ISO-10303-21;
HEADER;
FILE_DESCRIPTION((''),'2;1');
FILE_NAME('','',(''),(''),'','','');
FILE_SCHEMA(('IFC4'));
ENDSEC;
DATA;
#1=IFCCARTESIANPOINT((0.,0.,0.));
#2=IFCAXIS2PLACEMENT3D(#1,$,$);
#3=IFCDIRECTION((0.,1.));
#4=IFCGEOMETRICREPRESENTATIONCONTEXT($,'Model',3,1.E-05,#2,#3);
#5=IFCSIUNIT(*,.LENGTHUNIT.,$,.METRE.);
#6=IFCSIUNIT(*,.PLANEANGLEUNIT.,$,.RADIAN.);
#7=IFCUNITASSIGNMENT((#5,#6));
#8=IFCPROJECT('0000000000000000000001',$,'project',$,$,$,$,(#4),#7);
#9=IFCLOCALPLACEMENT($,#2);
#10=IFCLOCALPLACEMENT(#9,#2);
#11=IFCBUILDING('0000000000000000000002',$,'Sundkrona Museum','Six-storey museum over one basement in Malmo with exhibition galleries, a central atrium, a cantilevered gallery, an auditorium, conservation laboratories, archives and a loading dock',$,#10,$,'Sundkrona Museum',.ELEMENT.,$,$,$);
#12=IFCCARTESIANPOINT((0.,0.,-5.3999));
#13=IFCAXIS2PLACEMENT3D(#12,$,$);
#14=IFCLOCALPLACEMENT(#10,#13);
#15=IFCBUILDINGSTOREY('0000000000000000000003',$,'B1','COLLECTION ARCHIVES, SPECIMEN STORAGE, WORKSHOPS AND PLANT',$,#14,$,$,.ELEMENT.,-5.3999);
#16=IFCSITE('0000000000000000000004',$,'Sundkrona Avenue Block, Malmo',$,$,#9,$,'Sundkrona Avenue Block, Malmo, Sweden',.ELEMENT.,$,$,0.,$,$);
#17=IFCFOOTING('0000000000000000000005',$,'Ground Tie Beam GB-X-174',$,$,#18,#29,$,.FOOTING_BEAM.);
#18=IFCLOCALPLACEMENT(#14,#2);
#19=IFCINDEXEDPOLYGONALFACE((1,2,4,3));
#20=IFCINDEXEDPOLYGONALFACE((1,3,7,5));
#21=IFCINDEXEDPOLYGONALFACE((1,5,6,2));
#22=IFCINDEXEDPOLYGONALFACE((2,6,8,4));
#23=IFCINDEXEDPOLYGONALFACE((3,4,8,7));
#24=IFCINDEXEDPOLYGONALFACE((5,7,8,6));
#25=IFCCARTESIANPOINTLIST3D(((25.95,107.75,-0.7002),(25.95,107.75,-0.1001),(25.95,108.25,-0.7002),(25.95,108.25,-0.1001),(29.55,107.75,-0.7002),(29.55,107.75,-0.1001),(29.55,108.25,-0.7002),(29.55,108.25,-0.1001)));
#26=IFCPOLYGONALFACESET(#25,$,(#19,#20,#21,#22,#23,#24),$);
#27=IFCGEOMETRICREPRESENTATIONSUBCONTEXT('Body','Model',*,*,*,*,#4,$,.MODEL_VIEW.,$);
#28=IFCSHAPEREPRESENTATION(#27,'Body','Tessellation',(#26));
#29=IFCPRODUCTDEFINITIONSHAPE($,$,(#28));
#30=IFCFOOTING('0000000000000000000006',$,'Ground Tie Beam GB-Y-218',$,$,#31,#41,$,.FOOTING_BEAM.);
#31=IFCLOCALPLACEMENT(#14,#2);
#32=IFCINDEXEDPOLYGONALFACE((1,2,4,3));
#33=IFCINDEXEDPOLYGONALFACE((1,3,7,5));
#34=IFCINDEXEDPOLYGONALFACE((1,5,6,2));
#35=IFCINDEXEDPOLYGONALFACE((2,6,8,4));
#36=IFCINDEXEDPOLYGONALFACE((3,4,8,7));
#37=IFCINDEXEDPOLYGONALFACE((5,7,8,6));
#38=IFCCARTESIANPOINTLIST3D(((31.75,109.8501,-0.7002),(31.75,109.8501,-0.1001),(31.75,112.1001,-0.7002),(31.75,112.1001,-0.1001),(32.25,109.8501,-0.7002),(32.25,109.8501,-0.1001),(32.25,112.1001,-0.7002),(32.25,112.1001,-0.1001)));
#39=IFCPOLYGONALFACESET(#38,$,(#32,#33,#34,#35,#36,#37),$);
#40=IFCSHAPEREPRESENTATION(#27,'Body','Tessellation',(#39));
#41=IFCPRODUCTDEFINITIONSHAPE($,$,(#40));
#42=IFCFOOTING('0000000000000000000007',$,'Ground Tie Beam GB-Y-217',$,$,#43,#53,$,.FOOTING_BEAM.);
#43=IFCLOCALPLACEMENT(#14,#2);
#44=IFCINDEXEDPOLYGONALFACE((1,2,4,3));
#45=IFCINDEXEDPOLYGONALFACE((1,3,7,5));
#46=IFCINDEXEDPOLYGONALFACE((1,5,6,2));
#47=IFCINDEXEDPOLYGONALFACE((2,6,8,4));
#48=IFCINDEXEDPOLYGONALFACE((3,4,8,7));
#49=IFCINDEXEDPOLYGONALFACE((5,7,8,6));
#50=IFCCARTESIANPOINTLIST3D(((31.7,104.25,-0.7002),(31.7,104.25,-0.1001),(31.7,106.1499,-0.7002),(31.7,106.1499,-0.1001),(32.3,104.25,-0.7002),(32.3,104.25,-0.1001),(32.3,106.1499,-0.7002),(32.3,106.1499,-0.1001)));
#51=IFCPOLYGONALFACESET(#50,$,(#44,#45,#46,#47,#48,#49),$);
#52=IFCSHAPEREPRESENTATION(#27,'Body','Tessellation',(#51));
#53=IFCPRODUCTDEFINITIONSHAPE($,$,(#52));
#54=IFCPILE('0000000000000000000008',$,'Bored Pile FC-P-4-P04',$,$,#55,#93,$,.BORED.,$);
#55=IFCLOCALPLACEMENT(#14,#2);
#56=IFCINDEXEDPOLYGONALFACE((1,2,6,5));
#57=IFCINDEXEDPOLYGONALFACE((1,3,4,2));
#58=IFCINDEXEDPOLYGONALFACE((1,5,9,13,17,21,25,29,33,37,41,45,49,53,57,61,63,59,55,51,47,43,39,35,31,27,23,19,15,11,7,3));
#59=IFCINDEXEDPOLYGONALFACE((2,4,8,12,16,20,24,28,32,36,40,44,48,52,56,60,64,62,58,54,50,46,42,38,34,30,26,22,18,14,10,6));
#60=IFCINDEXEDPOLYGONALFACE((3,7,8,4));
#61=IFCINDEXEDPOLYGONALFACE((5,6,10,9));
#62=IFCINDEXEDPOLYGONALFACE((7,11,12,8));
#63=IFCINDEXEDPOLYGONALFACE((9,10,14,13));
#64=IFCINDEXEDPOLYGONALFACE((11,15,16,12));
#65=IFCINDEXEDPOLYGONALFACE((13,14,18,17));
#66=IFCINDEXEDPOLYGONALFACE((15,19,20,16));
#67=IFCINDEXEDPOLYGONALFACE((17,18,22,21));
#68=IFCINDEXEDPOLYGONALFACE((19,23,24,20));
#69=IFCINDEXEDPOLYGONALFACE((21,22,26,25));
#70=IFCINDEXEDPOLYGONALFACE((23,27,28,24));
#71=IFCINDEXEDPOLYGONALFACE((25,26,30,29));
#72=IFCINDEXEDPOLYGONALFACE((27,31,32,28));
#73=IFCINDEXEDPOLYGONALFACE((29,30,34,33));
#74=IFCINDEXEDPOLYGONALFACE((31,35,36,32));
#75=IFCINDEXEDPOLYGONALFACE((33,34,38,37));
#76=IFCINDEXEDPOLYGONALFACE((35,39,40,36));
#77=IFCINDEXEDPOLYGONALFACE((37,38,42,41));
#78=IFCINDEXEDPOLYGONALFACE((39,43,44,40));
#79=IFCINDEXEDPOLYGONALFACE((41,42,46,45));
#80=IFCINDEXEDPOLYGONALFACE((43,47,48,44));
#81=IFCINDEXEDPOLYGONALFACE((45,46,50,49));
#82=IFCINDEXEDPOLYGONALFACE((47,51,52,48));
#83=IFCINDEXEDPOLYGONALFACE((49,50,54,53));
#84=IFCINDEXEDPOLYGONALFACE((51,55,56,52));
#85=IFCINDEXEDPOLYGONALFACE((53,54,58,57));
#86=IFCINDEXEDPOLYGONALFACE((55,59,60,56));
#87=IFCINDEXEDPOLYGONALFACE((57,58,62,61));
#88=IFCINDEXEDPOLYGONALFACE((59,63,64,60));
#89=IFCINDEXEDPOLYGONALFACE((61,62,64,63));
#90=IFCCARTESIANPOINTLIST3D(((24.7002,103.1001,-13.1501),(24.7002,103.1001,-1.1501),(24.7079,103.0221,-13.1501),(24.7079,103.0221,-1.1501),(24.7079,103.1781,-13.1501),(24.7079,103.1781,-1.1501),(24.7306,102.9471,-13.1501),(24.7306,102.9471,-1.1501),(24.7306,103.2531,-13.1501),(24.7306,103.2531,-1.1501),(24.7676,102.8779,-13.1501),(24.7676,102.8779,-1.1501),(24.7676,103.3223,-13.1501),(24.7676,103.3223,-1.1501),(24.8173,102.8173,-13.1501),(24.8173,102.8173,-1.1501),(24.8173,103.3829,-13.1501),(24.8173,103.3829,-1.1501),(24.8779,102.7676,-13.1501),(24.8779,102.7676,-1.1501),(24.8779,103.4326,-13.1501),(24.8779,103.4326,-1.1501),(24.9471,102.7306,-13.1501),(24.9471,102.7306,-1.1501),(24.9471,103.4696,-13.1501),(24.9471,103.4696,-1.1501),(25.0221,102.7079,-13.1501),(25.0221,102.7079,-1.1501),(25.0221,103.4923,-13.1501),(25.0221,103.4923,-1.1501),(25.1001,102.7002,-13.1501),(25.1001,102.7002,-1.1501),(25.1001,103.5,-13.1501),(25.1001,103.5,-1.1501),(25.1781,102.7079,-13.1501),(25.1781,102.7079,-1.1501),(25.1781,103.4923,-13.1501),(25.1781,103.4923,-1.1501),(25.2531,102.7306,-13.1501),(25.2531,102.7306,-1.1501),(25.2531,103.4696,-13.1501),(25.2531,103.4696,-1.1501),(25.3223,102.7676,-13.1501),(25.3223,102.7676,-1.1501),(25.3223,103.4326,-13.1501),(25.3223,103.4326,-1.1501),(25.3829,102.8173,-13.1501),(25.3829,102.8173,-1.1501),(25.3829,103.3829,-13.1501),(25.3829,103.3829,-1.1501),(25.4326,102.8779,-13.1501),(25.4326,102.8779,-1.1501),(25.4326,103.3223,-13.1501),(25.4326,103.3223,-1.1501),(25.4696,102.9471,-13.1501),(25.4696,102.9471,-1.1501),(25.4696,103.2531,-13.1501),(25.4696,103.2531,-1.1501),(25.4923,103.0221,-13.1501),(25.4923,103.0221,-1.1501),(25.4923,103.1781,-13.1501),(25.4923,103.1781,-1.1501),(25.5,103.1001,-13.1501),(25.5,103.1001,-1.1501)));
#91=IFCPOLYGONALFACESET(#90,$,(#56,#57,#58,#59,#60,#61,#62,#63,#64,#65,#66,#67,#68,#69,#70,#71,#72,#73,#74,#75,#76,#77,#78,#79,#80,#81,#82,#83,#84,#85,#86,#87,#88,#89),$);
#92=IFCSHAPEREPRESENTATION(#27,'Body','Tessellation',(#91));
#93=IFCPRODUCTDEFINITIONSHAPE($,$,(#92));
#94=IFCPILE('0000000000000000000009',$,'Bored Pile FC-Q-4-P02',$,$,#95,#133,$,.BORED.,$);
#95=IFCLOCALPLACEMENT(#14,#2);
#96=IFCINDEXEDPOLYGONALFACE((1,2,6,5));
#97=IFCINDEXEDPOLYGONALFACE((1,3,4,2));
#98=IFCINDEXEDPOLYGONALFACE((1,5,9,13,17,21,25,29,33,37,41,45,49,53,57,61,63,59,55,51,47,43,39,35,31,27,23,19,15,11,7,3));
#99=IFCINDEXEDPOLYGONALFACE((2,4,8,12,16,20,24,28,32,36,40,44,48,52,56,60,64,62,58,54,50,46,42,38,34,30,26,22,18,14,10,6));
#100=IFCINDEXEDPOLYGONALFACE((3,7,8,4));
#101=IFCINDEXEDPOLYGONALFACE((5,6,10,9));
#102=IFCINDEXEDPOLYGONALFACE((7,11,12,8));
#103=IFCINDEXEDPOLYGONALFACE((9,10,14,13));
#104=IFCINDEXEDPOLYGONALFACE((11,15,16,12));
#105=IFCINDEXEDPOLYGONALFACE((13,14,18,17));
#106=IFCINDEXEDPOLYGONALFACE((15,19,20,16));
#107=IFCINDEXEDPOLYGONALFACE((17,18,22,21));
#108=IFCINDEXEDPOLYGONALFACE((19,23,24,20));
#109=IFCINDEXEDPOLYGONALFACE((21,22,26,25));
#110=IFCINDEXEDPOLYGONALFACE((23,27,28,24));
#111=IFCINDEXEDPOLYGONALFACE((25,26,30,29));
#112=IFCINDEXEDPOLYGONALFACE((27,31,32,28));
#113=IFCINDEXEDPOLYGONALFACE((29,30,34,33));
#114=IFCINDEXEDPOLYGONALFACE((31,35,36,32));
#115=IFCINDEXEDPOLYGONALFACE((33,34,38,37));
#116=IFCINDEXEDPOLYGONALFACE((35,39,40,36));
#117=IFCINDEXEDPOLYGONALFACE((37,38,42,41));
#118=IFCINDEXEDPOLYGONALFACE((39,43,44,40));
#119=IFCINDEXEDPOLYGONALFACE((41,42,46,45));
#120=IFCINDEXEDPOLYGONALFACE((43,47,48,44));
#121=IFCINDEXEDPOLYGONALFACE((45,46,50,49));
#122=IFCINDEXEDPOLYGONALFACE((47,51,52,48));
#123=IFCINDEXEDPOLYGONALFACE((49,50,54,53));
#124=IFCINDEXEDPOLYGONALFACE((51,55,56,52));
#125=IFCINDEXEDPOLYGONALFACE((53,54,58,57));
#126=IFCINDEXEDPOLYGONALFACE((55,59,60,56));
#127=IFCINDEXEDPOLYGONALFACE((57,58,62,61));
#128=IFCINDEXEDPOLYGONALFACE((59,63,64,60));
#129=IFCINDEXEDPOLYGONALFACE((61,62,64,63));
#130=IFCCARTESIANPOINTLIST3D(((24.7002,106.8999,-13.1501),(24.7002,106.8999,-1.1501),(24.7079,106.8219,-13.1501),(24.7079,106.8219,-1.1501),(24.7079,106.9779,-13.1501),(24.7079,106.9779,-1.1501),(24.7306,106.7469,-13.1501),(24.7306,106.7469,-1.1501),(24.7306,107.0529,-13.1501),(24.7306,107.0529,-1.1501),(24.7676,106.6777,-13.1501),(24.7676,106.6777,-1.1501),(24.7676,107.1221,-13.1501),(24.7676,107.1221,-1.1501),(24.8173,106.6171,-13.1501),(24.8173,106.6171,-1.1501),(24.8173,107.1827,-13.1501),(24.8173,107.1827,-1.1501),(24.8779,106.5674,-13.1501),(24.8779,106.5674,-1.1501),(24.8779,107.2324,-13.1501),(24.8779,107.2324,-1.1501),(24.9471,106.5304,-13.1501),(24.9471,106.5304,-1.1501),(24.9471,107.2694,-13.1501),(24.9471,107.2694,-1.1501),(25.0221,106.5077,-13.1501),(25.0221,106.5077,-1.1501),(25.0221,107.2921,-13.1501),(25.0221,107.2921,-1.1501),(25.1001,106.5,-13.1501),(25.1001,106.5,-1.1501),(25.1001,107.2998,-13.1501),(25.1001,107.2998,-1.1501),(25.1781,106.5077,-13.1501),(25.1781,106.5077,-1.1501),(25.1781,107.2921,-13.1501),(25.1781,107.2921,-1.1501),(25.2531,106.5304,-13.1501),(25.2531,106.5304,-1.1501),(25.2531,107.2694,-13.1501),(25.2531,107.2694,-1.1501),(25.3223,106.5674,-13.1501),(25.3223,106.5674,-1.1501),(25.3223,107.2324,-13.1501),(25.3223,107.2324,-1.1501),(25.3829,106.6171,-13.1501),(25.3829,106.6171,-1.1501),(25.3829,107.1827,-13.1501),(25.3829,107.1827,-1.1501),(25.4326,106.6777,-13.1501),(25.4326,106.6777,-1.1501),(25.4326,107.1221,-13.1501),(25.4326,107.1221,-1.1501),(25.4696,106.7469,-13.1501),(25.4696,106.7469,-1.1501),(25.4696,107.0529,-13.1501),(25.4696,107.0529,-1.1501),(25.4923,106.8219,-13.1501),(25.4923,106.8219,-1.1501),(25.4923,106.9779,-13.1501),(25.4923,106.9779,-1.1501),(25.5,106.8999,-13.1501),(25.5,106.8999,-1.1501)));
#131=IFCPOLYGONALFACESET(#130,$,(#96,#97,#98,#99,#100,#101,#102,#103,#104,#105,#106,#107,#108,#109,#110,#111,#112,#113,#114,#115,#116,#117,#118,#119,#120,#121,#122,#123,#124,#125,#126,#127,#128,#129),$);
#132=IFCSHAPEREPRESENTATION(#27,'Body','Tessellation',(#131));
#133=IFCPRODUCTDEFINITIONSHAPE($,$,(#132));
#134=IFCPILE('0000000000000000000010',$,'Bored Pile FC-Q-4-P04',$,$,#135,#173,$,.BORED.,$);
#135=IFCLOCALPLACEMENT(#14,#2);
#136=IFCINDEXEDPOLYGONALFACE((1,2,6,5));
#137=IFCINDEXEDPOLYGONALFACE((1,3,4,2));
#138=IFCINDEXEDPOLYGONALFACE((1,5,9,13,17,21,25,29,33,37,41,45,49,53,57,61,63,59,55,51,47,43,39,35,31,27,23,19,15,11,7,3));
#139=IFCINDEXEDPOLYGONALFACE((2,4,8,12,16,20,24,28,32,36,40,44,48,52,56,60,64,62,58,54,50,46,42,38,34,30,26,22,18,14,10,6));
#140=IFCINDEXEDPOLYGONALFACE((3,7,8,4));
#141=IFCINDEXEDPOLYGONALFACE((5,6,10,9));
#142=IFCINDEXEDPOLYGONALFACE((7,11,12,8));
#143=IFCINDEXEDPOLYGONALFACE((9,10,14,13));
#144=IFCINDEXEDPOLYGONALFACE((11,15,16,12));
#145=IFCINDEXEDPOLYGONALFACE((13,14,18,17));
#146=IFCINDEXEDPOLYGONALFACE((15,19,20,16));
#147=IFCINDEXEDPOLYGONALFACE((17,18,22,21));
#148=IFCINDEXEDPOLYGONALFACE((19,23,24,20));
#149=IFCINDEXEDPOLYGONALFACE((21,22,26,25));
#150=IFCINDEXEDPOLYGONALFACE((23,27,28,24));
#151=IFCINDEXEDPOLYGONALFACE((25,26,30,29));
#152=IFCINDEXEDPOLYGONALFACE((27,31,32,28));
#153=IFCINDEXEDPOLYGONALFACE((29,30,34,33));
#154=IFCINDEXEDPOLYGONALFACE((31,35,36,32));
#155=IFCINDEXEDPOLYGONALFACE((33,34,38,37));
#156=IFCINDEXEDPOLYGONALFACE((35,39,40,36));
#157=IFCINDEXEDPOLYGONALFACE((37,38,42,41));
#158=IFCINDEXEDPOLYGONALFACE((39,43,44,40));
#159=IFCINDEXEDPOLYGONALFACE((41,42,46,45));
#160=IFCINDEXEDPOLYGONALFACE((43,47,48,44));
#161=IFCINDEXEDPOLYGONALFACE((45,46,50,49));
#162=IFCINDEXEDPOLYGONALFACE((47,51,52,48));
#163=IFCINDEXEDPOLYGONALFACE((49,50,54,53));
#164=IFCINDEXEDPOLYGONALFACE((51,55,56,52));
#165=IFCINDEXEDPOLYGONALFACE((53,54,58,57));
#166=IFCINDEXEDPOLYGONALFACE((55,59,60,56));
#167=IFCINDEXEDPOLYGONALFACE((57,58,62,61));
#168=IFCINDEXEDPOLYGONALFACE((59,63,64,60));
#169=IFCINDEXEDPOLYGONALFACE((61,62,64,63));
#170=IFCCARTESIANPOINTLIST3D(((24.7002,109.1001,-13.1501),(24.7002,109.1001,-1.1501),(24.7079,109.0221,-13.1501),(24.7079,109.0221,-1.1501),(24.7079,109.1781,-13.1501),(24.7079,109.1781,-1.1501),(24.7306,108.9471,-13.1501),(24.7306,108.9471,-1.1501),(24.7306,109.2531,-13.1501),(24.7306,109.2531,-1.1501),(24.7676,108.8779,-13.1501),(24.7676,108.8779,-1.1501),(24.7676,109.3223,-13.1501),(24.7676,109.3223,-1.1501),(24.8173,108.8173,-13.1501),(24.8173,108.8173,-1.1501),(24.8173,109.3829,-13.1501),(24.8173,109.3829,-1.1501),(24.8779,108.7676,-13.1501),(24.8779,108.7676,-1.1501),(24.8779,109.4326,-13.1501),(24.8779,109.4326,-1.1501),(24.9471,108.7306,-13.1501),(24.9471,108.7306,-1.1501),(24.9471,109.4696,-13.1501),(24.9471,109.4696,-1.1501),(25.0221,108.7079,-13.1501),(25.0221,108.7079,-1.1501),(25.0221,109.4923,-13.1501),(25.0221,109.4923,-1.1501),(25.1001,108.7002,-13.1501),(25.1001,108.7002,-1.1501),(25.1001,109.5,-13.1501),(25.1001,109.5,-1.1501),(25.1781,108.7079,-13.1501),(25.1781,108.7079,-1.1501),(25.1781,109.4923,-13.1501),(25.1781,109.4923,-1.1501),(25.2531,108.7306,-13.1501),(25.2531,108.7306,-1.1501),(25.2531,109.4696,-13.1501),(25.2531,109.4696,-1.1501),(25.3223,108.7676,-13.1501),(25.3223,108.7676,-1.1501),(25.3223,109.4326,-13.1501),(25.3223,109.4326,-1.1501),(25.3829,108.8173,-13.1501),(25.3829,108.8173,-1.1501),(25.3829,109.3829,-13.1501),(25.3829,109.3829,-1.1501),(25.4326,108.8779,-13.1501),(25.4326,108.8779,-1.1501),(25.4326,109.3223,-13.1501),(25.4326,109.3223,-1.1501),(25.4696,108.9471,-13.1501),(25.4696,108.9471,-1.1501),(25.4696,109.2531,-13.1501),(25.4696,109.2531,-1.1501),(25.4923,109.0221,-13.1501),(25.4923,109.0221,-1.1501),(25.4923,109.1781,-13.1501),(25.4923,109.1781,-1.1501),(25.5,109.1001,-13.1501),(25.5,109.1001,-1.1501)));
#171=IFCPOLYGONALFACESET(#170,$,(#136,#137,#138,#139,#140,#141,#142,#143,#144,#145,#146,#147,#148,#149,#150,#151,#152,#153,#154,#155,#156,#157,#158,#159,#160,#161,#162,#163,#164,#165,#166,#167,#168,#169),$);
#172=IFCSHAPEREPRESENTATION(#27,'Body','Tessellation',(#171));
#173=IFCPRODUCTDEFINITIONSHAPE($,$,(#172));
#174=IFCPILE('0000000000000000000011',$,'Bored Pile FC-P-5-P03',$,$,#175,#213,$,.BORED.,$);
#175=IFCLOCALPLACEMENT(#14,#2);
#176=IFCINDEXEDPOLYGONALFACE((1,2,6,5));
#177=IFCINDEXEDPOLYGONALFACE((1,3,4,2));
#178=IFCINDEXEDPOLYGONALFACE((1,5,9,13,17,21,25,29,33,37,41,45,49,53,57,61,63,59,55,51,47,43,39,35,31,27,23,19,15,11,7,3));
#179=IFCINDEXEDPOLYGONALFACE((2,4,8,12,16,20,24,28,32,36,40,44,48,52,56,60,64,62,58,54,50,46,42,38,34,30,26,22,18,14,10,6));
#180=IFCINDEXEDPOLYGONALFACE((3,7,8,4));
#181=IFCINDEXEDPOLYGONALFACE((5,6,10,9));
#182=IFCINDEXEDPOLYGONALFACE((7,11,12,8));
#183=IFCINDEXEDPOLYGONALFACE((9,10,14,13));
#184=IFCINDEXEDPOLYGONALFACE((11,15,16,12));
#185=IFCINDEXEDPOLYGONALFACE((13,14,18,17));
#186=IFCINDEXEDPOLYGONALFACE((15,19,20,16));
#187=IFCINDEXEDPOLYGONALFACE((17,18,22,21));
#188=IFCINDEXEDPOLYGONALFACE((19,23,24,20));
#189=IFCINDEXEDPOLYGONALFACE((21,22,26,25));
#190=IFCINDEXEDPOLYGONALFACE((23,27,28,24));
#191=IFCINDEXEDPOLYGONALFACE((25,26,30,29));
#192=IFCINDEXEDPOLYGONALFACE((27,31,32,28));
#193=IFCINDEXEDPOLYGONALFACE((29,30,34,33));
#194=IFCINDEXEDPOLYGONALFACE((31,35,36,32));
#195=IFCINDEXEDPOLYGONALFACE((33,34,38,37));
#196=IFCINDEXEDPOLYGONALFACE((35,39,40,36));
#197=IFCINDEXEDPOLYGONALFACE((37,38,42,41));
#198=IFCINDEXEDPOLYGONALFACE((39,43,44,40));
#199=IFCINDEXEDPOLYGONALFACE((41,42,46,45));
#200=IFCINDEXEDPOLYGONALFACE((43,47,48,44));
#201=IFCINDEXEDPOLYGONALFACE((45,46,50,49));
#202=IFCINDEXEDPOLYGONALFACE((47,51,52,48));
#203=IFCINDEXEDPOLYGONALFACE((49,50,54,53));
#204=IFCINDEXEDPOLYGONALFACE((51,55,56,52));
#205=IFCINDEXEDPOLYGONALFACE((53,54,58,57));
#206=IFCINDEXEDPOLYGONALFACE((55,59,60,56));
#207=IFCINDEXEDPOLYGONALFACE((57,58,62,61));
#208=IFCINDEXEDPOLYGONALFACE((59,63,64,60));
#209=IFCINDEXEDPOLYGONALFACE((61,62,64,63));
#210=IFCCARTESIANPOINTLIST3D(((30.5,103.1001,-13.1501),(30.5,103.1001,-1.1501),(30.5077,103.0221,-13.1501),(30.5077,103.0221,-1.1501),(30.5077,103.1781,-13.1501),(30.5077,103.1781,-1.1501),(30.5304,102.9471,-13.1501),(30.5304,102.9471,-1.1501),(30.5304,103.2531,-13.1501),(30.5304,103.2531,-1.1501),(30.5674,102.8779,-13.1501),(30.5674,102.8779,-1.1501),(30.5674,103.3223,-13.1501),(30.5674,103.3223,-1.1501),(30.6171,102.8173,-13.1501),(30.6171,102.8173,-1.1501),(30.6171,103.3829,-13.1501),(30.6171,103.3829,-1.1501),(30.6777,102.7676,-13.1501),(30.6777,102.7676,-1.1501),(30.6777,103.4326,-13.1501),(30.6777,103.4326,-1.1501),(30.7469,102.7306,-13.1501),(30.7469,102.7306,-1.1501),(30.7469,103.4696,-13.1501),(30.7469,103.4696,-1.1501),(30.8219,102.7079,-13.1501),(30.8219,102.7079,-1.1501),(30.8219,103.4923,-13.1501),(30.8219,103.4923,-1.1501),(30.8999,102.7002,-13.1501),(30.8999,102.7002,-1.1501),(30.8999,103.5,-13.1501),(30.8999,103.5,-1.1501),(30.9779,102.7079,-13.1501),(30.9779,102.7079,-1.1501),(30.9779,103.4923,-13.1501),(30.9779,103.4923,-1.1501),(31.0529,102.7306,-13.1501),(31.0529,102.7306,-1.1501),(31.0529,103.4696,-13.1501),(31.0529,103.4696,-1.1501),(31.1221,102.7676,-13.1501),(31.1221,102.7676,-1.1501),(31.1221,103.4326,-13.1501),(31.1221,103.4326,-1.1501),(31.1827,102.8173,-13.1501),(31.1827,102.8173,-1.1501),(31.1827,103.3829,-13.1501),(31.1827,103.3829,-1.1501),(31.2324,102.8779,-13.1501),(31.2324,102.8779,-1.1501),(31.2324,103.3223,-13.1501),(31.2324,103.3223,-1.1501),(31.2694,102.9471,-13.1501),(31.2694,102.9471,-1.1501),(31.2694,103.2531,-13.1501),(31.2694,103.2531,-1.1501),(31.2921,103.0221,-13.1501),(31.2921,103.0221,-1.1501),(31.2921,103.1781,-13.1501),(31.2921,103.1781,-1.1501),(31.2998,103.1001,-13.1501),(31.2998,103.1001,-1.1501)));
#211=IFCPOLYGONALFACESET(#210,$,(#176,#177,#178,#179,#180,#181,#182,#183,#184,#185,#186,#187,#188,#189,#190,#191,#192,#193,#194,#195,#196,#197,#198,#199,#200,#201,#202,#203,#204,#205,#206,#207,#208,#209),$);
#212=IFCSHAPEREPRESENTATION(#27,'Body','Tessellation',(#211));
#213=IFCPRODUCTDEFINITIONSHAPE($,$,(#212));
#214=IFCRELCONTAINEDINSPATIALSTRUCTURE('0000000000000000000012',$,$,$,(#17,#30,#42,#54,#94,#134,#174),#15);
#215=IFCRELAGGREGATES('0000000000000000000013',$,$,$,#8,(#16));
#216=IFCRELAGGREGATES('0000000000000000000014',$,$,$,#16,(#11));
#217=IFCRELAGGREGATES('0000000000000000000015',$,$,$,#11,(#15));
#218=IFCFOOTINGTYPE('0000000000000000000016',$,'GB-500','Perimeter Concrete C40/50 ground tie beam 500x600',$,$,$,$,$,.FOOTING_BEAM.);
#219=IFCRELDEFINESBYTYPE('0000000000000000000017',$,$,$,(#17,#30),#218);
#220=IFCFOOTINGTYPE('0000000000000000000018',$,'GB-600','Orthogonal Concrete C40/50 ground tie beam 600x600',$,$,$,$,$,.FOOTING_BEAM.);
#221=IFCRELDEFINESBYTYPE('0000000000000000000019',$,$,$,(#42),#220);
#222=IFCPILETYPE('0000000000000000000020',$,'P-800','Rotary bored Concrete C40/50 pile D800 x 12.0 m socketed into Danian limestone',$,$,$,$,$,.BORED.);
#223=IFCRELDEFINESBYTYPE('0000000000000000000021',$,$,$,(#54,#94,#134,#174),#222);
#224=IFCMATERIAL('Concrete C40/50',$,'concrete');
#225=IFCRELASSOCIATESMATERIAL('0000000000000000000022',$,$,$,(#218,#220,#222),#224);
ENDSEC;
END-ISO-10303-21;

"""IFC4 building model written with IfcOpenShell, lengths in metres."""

from ifc_helpers import new_model, si_unit, direction, frame, origin, origin_2d, place, context, subcontext, project, spatial, rectangle, circle, extrude, material, material_profile, profile_set, type_object, element, save


model = new_model("IFC4")

# Units and contexts
model_context = context("Model", 3, precision=1e-05, world=origin(), true_north=direction((0.0, 1.0)))
body_context = subcontext(model_context, "Body", "Model", "MODEL_VIEW")
ifc_project = project(units=[si_unit("LENGTHUNIT", "METRE"), si_unit("PLANEANGLEUNIT", "RADIAN")], contexts=[model_context])

# Site, building, storey
site_placement = place(None, origin())
site = spatial("IfcSite", under=ifc_project, at=site_placement, Name="Sundkrona Avenue Block, Malmo", LongName="Sundkrona Avenue Block, Malmo, Sweden", CompositionType="ELEMENT", RefElevation=0.0)
building_placement = place(site_placement, origin())
building = spatial("IfcBuilding", under=site, at=building_placement, Name="Sundkrona Museum", Description="Six-storey museum over one basement in Malmo with exhibition galleries, a central atrium, a cantilevered gallery, an auditorium, conservation laboratories, archives and a loading dock", LongName="Sundkrona Museum", CompositionType="ELEMENT")
storey_placement = place(building_placement, frame((0.0, 0.0, -5.3999)))
storey = spatial("IfcBuildingStorey", under=building, at=storey_placement, Name="B1", Description="COLLECTION ARCHIVES, SPECIMEN STORAGE, WORKSHOPS AND PLANT", CompositionType="ELEMENT", Elevation=-5.3999)

# Footings
ifc_material_1 = material(Name="Concrete C40/50", Category="concrete")
footing_type_1 = type_object("IfcFootingType", Name="GB-500", Description="Perimeter Concrete C40/50 ground tie beam 500x600", PredefinedType="FOOTING_BEAM", material=ifc_material_1)
footing_1_placement = place(storey_placement, frame((27.75, 108.0, -0.7002), z_axis=(0.0, 0.0, 1.0), x_axis=(1.0, 0.0, 0.0)))
element("IfcFooting", 1, at=footing_1_placement, inside=storey, type_object=footing_type_1, Name="Ground Tie Beam GB-X-174", PredefinedType="FOOTING_BEAM", context=body_context, shape_type="SweptSolid", body=[
    extrude(rectangle(XDim=3.6001, YDim=0.5, at=origin_2d()), origin(), (0.0, 0.0, 1.0), 0.6001),
])
footing_2_placement = place(storey_placement, frame((32.0, 110.9751, -0.7002), z_axis=(0.0, 0.0, 1.0), x_axis=(0.0, 1.0, 0.0)))
element("IfcFooting", 2, at=footing_2_placement, inside=storey, type_object=footing_type_1, Name="Ground Tie Beam GB-Y-218", PredefinedType="FOOTING_BEAM", context=body_context, shape_type="SweptSolid", body=[
    extrude(rectangle(XDim=2.25, YDim=0.5, at=origin_2d()), origin(), (0.0, 0.0, 1.0), 0.6001),
])
footing_type_2 = type_object("IfcFootingType", Name="GB-600", Description="Orthogonal Concrete C40/50 ground tie beam 600x600", PredefinedType="FOOTING_BEAM", material=ifc_material_1)
footing_3_placement = place(storey_placement, frame((32.0, 105.2, -0.7002), z_axis=(0.0, 0.0, 1.0), x_axis=(0.0, 1.0, 0.0)))
element("IfcFooting", 3, at=footing_3_placement, inside=storey, type_object=footing_type_2, Name="Ground Tie Beam GB-Y-217", PredefinedType="FOOTING_BEAM", context=body_context, shape_type="SweptSolid", body=[
    extrude(rectangle(XDim=1.8999, YDim=0.6001, at=origin_2d()), origin(), (0.0, 0.0, 1.0), 0.6001),
])

# Piles
ifc_material_profile_1 = material_profile(ifc_material_1, circle(Radius=0.3999, at=origin_2d()), Name="PILE D800")
ifc_profile_set_1 = profile_set([ifc_material_profile_1], Name="Concrete C40/50")
pile_type = type_object("IfcPileType", Name="P-800", Description="Rotary bored Concrete C40/50 pile D800 x 12.0 m socketed into Danian limestone", PredefinedType="BORED", material=ifc_profile_set_1)
for number, where, z_axis, x_axis, name in (
    (4, (25.1001, 103.1001, -1.1501), (0.0, 0.0, -1.0), (1.0, 0.0, 0.0), "Bored Pile FC-P-4-P04"),
    (5, (25.1001, 106.8999, -1.1501), (0.0, 0.0, -1.0), (1.0, 0.0, 0.0), "Bored Pile FC-Q-4-P02"),
    (6, (25.1001, 109.1001, -1.1501), (0.0, 0.0, -1.0), (1.0, 0.0, 0.0), "Bored Pile FC-Q-4-P04"),
    (7, (30.8999, 103.1001, -1.1501), (0.0, 0.0, -1.0), (1.0, 0.0, 0.0), "Bored Pile FC-P-5-P03"),
):
    element("IfcPile", number, at=place(storey_placement, frame(where, z_axis=z_axis, x_axis=x_axis)), inside=storey, type_object=pile_type, Name=name, PredefinedType="BORED", context=body_context, shape_type="SweptSolid", body=[
        extrude(circle(Radius=0.3999, at=origin_2d()), origin(), (0.0, 0.0, 1.0), 12.0),
    ])

save(model, "model.ifc")
